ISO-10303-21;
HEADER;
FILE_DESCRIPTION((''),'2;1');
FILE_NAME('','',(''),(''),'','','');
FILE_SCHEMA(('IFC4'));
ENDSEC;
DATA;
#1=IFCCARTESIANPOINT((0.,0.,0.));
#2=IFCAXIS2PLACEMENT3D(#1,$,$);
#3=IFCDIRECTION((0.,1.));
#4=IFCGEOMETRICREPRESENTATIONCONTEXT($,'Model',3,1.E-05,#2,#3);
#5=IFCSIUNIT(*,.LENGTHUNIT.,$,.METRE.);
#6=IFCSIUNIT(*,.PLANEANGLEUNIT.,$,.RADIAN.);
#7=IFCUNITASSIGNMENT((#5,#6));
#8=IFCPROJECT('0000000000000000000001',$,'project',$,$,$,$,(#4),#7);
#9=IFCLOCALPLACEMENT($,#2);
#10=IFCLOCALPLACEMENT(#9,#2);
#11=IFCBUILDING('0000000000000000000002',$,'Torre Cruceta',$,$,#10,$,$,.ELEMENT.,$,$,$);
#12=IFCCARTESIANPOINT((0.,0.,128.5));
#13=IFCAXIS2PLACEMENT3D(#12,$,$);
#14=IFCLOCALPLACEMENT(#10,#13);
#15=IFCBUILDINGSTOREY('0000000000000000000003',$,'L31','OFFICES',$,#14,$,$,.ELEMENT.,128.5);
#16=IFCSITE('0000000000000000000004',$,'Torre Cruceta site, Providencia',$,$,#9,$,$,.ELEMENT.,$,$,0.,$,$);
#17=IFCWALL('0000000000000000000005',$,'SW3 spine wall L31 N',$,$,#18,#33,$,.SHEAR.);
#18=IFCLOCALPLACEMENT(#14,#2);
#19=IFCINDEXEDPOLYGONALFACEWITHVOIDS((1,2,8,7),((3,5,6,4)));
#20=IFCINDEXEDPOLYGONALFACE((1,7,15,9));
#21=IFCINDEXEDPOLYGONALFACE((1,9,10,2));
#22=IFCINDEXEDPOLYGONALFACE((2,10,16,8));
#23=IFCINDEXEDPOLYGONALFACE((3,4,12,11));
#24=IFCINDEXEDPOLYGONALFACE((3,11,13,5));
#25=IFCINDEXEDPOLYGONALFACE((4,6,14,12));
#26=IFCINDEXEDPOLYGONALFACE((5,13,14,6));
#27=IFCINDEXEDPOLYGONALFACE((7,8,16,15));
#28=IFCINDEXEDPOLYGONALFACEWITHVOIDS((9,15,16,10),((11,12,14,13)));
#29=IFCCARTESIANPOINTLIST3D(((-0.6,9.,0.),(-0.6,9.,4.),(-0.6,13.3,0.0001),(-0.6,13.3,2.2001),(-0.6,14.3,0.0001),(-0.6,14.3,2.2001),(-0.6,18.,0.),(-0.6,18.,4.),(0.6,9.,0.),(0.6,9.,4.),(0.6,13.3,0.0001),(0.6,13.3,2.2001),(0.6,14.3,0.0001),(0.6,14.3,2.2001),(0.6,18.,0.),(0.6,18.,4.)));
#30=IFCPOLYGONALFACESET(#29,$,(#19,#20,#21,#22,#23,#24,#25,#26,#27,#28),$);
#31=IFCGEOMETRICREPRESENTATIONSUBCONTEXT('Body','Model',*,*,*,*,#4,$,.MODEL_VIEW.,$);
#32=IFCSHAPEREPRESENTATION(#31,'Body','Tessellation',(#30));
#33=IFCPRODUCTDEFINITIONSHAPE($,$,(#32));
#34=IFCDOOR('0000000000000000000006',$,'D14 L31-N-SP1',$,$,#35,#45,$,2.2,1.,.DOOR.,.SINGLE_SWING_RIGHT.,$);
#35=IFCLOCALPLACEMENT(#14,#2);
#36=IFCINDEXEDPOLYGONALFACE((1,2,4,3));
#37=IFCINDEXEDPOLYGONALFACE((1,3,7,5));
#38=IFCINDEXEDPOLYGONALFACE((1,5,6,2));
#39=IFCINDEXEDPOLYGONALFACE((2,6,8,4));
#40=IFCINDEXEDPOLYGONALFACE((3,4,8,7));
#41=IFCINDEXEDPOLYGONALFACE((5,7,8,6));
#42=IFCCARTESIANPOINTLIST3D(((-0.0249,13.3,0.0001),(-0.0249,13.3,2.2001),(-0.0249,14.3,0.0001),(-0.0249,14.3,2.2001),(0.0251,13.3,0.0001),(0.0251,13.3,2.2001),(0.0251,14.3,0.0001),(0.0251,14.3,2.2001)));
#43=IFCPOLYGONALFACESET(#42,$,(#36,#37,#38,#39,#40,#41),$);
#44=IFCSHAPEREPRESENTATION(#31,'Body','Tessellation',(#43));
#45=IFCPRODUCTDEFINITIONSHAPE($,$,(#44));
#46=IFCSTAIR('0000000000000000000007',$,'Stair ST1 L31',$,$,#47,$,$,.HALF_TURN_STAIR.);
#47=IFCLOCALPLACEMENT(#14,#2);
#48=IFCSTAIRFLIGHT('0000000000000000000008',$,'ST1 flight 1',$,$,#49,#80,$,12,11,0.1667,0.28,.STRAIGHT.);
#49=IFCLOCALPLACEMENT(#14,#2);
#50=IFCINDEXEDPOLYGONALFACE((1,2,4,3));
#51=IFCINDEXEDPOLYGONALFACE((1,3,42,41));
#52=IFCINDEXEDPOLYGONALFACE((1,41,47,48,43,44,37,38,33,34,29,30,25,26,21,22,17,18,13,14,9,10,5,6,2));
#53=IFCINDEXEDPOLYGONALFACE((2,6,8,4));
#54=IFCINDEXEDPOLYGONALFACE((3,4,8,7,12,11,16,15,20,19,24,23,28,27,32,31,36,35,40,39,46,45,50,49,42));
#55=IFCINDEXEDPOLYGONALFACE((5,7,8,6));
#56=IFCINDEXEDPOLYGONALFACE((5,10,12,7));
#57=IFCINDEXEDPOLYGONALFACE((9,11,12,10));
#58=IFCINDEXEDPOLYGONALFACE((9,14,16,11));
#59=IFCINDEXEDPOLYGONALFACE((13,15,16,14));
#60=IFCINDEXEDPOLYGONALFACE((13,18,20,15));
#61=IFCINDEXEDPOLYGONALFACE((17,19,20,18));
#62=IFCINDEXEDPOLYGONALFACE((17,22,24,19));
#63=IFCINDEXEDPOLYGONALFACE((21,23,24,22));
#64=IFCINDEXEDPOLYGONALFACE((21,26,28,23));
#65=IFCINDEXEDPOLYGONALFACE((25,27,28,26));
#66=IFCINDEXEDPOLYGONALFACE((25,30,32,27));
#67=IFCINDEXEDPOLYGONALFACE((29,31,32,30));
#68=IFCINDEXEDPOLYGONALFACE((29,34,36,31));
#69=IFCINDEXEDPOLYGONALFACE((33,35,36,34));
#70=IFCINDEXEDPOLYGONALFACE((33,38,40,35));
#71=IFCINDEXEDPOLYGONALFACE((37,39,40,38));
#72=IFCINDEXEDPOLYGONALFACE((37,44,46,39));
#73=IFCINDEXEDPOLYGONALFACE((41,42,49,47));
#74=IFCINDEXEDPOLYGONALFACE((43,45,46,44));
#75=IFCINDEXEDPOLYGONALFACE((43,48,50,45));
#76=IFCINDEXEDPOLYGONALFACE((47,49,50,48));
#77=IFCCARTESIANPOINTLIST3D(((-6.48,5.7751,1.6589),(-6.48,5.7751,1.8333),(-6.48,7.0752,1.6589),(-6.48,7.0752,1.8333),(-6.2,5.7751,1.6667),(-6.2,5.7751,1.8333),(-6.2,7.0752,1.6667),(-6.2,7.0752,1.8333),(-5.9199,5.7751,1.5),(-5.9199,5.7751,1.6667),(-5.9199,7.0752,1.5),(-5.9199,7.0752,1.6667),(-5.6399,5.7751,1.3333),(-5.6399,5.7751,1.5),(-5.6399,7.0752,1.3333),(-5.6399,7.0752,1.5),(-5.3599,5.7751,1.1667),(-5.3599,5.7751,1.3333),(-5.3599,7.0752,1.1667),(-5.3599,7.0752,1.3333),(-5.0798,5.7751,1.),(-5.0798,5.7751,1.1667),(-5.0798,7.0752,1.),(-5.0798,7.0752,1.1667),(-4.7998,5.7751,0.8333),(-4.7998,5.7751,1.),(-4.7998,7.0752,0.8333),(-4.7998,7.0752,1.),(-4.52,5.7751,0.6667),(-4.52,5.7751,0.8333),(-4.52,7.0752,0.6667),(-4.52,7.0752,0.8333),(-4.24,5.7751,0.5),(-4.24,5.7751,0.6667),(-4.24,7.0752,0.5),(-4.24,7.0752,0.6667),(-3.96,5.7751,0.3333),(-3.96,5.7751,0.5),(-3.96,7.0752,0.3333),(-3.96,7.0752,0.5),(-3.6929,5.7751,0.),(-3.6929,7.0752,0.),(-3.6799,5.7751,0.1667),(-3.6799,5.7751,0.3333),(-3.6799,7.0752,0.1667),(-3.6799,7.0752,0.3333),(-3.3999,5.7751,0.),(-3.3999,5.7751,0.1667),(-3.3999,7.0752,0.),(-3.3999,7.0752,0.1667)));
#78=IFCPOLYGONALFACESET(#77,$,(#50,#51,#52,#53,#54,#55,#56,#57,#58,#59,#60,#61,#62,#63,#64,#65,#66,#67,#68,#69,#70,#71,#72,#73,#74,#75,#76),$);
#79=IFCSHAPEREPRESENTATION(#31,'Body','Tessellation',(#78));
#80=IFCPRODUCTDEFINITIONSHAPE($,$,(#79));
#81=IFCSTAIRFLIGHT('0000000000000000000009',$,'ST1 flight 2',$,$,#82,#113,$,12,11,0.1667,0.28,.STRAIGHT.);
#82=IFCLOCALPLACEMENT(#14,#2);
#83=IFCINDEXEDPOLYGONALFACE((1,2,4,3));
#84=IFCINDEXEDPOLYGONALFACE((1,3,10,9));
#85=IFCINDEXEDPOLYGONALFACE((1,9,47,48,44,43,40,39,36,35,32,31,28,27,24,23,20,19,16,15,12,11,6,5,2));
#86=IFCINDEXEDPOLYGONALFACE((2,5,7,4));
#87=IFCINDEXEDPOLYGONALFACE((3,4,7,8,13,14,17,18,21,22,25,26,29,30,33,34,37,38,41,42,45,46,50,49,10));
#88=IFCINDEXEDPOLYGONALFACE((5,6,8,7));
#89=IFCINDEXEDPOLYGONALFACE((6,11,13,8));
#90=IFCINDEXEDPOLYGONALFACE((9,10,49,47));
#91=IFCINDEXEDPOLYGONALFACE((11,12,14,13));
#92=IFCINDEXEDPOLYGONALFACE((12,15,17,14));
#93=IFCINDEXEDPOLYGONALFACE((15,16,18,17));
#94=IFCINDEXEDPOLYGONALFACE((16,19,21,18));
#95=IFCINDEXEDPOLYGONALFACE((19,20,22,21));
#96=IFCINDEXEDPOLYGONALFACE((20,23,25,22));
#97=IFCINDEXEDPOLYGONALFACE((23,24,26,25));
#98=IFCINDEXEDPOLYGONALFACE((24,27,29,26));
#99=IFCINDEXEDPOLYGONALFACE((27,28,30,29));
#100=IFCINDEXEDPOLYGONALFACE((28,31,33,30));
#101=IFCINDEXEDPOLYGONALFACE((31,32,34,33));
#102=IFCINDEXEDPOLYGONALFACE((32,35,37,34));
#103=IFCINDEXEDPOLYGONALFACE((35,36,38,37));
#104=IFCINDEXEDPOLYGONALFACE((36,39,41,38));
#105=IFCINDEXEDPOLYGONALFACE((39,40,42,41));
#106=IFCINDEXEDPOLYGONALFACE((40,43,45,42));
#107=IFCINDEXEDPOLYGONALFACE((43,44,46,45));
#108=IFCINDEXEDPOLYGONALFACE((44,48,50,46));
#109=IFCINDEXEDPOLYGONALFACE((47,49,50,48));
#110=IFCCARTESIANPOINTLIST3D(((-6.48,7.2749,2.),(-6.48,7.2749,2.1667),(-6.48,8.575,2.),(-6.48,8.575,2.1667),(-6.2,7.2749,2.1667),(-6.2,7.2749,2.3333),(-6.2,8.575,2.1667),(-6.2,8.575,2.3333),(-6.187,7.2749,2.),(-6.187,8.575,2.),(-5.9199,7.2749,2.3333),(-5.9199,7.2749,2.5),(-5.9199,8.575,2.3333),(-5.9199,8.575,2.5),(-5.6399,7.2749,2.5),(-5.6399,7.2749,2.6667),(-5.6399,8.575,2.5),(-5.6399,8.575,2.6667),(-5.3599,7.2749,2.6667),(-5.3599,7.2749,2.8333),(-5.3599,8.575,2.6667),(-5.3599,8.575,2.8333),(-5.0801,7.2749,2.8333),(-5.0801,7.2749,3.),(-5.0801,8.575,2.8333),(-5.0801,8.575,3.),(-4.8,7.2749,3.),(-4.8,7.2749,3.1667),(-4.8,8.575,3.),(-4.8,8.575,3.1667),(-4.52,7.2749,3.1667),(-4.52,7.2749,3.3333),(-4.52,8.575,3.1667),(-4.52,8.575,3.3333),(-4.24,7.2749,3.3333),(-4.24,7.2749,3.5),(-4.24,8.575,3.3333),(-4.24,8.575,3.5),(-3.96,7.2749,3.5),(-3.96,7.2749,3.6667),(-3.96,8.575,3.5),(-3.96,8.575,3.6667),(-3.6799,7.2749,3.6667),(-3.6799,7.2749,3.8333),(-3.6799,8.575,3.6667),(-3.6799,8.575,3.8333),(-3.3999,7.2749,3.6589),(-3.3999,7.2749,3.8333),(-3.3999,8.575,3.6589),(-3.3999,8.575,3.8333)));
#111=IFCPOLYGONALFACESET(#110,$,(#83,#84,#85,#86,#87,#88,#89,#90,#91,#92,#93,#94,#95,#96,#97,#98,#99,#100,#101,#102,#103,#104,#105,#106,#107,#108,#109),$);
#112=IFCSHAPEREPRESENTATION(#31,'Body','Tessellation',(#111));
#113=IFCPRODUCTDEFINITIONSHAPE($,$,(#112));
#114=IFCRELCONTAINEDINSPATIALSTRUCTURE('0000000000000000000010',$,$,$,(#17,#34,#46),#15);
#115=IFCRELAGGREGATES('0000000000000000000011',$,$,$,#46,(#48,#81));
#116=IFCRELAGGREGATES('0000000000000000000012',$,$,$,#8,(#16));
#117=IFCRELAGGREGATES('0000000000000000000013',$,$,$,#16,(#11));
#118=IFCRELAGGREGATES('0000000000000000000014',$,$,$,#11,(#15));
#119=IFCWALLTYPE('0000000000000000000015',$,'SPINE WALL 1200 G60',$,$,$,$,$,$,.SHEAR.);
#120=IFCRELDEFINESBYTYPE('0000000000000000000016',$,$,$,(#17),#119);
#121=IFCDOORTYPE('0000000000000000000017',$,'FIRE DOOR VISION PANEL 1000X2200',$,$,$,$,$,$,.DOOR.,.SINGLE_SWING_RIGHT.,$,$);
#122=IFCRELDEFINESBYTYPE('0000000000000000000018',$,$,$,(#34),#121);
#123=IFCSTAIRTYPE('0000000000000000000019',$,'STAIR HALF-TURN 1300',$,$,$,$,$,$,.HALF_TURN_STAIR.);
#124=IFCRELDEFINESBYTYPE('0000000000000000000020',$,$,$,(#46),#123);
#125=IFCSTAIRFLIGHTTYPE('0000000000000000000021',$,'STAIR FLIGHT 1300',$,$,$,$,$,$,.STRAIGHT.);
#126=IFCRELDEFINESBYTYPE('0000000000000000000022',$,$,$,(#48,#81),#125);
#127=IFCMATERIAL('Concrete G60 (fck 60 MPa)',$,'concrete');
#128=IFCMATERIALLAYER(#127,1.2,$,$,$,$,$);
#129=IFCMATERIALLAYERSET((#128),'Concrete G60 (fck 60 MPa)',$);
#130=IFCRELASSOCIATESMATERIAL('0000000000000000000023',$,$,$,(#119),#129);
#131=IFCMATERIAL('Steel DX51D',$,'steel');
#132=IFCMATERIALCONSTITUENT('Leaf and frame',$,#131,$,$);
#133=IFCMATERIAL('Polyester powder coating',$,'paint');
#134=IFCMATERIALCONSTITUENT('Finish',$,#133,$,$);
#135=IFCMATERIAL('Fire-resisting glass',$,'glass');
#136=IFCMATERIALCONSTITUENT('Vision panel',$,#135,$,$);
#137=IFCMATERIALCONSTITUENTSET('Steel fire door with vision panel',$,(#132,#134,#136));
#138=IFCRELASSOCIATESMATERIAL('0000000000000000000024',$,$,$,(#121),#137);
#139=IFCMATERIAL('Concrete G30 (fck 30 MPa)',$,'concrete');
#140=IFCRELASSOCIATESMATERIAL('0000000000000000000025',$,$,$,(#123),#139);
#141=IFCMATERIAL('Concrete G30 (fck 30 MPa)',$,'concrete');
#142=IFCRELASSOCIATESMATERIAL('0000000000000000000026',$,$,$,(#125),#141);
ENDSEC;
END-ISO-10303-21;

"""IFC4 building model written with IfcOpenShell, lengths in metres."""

from ifc_helpers import new_model, si_unit, direction, frame, frame_2d, origin, place, context, subcontext, project, spatial, polyline, rectangle, outline, extrude, material, layer, layer_set, constituent, constituent_set, type_object, element, fill, aggregate, save


model = new_model("IFC4")

# Units and contexts
model_context = context("Model", 3, precision=1e-05, world=origin(), true_north=direction((0.0, 1.0)))
body_context = subcontext(model_context, "Body", "Model", "MODEL_VIEW")
ifc_project = project(units=[si_unit("LENGTHUNIT", "METRE"), si_unit("PLANEANGLEUNIT", "RADIAN")], contexts=[model_context])

# Site, building, storey
site_placement = place(None, origin())
site = spatial("IfcSite", under=ifc_project, at=site_placement, Name="Torre Cruceta site, Providencia", CompositionType="ELEMENT", RefElevation=0.0)
building_placement = place(site_placement, origin())
building = spatial("IfcBuilding", under=site, at=building_placement, Name="Torre Cruceta", CompositionType="ELEMENT")
storey_placement = place(building_placement, frame((0.0, 0.0, 128.5)))
storey = spatial("IfcBuildingStorey", under=building, at=storey_placement, Name="L31", Description="OFFICES", CompositionType="ELEMENT", Elevation=128.5)

# Wall, opening, door
ifc_material_1 = material(Name="Concrete G60 (fck 60 MPa)", Category="concrete")
ifc_layer_1 = layer(ifc_material_1, 1.2)
ifc_layer_set_1 = layer_set([ifc_layer_1], Name="Concrete G60 (fck 60 MPa)")
wall_type_1 = type_object("IfcWallType", Name="SPINE WALL 1200 G60", PredefinedType="SHEAR", material=ifc_layer_set_1)
wall_1_placement = place(storey_placement, frame((0.0, 9.0, 0.0), z_axis=(0.0, 0.0, 1.0), x_axis=(0.0, 1.0, 0.0)))
wall_1 = element("IfcWall", 1, at=wall_1_placement, inside=storey, type_object=wall_type_1, Name="SW3 spine wall L31 N", PredefinedType="SHEAR", context=body_context, shape_type="SweptSolid", body=[
    extrude(rectangle(XDim=9.0, YDim=1.2, at=frame_2d((4.5, 0.0))), origin(), (0.0, 0.0, 1.0), 4.0),
])
opening_1_placement = place(wall_1_placement, frame((4.3, 0.0, 0.0)))
opening_1 = element("IfcOpeningElement", 2, at=opening_1_placement, cuts=wall_1, PredefinedType="OPENING", context=body_context, shape_type="SweptSolid", body=[
    extrude(rectangle(XDim=1.0, YDim=2.2, at=frame_2d((0.5, 1.1001))), frame((0.0, 0.6099, 0.0), z_axis=(0.0, -1.0, 0.0), x_axis=(1.0, 0.0, 0.0)), (0.0, 0.0, 1.0), 1.22),
])
ifc_material_2 = material(Name="Steel DX51D", Category="steel")
ifc_constituent_1 = constituent(ifc_material_2, Name="Leaf and frame")
ifc_material_3 = material(Name="Polyester powder coating", Category="paint")
ifc_constituent_2 = constituent(ifc_material_3, Name="Finish")
ifc_material_4 = material(Name="Fire-resisting glass", Category="glass")
ifc_constituent_3 = constituent(ifc_material_4, Name="Vision panel")
ifc_constituent_set_1 = constituent_set(constituents=[ifc_constituent_1, ifc_constituent_2, ifc_constituent_3], Name="Steel fire door with vision panel")
door_type_1 = type_object("IfcDoorType", Name="FIRE DOOR VISION PANEL 1000X2200", OperationType="SINGLE_SWING_RIGHT", PredefinedType="DOOR", material=ifc_constituent_set_1)
door_1_placement = place(opening_1_placement, origin())
door_1 = element("IfcDoor", 3, at=door_1_placement, inside=storey, type_object=door_type_1, Name="D14 L31-N-SP1", OperationType="SINGLE_SWING_RIGHT", OverallHeight=2.2, OverallWidth=1.0, PredefinedType="DOOR", context=body_context, shape_type="SweptSolid", body=[
    extrude(rectangle(XDim=1.0, YDim=2.2, at=frame_2d((0.5, 1.1001))), frame((0.0, 0.0249, 0.0), z_axis=(0.0, -1.0, 0.0), x_axis=(1.0, 0.0, 0.0)), (0.0, 0.0, 1.0), 0.05),
])
fill(opening_1, door_1)

# Stair, stair flights
ifc_material_5 = material(Name="Concrete G30 (fck 30 MPa)", Category="concrete")
stair_type = type_object("IfcStairType", Name="STAIR HALF-TURN 1300", PredefinedType="HALF_TURN_STAIR", material=ifc_material_5)
stair_placement = place(storey_placement, origin())
stair = element("IfcStair", 4, at=stair_placement, inside=storey, type_object=stair_type, Name="Stair ST1 L31", PredefinedType="HALF_TURN_STAIR")
ifc_material_6 = material(Name="Concrete G30 (fck 30 MPa)", Category="concrete")
stair_flight_type = type_object("IfcStairFlightType", Name="STAIR FLIGHT 1300", PredefinedType="STRAIGHT", material=ifc_material_6)
stair_flight_1_placement = place(storey_placement, frame((-3.3999, 6.425, 0.0), z_axis=(0.0, 0.0, 1.0), x_axis=(-1.0, 0.0, 0.0)))
stair_flight_1 = element("IfcStairFlight", 5, at=stair_flight_1_placement, type_object=stair_flight_type, Name="ST1 flight 1", NumberOfRisers=12, NumberOfTreads=11, PredefinedType="STRAIGHT", RiserHeight=0.1667, TreadLength=0.28, context=body_context, shape_type="SweptSolid", body=[
    extrude(outline(polyline([(0.0, 0.0), (0.0, 0.1667), (0.28, 0.1667), (0.28, 0.3333), (0.5601, 0.3333), (0.5601, 0.5), (0.8401, 0.5), (0.8401, 0.6667), (1.1201, 0.6667), (1.1201, 0.8333), (1.3999, 0.8333), (1.3999, 1.0), (1.6799, 1.0), (1.6799, 1.1667), (1.96, 1.1667), (1.96, 1.3333), (2.24, 1.3333), (2.24, 1.5), (2.52, 1.5), (2.52, 1.6667), (2.8, 1.6667), (2.8, 1.8333), (3.0801, 1.8333), (3.0801, 2.0), (3.0801, 1.6589), (0.293, 0.0), (0.0, 0.0)])), frame((0.0, 0.6499, 0.0), z_axis=(0.0, -1.0, 0.0), x_axis=(1.0, 0.0, 0.0)), (0.0, 0.0, 1.0), 1.3),
])
stair_flight_2_placement = place(storey_placement, frame((-6.48, 7.925, 2.0), z_axis=(0.0, 0.0, 1.0), x_axis=(1.0, 0.0, 0.0)))
stair_flight_2 = element("IfcStairFlight", 6, at=stair_flight_2_placement, type_object=stair_flight_type, Name="ST1 flight 2", NumberOfRisers=12, NumberOfTreads=11, PredefinedType="STRAIGHT", RiserHeight=0.1667, TreadLength=0.28, context=body_context, shape_type="SweptSolid", body=[
    extrude(outline(polyline([(0.0, 0.0), (0.0, 0.1667), (0.28, 0.1667), (0.28, 0.3333), (0.5601, 0.3333), (0.5601, 0.5), (0.8401, 0.5), (0.8401, 0.6667), (1.1201, 0.6667), (1.1201, 0.8333), (1.3999, 0.8333), (1.3999, 1.0), (1.6799, 1.0), (1.6799, 1.1667), (1.96, 1.1667), (1.96, 1.3333), (2.24, 1.3333), (2.24, 1.5), (2.52, 1.5), (2.52, 1.6667), (2.8, 1.6667), (2.8, 1.8333), (3.0801, 1.8333), (3.0801, 2.0), (3.0801, 1.6589), (0.293, 0.0), (0.0, 0.0)])), frame((0.0, 0.6499, 0.0), z_axis=(0.0, -1.0, 0.0), x_axis=(1.0, 0.0, 0.0)), (0.0, 0.0, 1.0), 1.3),
])
aggregate(stair, [stair_flight_1, stair_flight_2])

save(model, "model.ifc")
